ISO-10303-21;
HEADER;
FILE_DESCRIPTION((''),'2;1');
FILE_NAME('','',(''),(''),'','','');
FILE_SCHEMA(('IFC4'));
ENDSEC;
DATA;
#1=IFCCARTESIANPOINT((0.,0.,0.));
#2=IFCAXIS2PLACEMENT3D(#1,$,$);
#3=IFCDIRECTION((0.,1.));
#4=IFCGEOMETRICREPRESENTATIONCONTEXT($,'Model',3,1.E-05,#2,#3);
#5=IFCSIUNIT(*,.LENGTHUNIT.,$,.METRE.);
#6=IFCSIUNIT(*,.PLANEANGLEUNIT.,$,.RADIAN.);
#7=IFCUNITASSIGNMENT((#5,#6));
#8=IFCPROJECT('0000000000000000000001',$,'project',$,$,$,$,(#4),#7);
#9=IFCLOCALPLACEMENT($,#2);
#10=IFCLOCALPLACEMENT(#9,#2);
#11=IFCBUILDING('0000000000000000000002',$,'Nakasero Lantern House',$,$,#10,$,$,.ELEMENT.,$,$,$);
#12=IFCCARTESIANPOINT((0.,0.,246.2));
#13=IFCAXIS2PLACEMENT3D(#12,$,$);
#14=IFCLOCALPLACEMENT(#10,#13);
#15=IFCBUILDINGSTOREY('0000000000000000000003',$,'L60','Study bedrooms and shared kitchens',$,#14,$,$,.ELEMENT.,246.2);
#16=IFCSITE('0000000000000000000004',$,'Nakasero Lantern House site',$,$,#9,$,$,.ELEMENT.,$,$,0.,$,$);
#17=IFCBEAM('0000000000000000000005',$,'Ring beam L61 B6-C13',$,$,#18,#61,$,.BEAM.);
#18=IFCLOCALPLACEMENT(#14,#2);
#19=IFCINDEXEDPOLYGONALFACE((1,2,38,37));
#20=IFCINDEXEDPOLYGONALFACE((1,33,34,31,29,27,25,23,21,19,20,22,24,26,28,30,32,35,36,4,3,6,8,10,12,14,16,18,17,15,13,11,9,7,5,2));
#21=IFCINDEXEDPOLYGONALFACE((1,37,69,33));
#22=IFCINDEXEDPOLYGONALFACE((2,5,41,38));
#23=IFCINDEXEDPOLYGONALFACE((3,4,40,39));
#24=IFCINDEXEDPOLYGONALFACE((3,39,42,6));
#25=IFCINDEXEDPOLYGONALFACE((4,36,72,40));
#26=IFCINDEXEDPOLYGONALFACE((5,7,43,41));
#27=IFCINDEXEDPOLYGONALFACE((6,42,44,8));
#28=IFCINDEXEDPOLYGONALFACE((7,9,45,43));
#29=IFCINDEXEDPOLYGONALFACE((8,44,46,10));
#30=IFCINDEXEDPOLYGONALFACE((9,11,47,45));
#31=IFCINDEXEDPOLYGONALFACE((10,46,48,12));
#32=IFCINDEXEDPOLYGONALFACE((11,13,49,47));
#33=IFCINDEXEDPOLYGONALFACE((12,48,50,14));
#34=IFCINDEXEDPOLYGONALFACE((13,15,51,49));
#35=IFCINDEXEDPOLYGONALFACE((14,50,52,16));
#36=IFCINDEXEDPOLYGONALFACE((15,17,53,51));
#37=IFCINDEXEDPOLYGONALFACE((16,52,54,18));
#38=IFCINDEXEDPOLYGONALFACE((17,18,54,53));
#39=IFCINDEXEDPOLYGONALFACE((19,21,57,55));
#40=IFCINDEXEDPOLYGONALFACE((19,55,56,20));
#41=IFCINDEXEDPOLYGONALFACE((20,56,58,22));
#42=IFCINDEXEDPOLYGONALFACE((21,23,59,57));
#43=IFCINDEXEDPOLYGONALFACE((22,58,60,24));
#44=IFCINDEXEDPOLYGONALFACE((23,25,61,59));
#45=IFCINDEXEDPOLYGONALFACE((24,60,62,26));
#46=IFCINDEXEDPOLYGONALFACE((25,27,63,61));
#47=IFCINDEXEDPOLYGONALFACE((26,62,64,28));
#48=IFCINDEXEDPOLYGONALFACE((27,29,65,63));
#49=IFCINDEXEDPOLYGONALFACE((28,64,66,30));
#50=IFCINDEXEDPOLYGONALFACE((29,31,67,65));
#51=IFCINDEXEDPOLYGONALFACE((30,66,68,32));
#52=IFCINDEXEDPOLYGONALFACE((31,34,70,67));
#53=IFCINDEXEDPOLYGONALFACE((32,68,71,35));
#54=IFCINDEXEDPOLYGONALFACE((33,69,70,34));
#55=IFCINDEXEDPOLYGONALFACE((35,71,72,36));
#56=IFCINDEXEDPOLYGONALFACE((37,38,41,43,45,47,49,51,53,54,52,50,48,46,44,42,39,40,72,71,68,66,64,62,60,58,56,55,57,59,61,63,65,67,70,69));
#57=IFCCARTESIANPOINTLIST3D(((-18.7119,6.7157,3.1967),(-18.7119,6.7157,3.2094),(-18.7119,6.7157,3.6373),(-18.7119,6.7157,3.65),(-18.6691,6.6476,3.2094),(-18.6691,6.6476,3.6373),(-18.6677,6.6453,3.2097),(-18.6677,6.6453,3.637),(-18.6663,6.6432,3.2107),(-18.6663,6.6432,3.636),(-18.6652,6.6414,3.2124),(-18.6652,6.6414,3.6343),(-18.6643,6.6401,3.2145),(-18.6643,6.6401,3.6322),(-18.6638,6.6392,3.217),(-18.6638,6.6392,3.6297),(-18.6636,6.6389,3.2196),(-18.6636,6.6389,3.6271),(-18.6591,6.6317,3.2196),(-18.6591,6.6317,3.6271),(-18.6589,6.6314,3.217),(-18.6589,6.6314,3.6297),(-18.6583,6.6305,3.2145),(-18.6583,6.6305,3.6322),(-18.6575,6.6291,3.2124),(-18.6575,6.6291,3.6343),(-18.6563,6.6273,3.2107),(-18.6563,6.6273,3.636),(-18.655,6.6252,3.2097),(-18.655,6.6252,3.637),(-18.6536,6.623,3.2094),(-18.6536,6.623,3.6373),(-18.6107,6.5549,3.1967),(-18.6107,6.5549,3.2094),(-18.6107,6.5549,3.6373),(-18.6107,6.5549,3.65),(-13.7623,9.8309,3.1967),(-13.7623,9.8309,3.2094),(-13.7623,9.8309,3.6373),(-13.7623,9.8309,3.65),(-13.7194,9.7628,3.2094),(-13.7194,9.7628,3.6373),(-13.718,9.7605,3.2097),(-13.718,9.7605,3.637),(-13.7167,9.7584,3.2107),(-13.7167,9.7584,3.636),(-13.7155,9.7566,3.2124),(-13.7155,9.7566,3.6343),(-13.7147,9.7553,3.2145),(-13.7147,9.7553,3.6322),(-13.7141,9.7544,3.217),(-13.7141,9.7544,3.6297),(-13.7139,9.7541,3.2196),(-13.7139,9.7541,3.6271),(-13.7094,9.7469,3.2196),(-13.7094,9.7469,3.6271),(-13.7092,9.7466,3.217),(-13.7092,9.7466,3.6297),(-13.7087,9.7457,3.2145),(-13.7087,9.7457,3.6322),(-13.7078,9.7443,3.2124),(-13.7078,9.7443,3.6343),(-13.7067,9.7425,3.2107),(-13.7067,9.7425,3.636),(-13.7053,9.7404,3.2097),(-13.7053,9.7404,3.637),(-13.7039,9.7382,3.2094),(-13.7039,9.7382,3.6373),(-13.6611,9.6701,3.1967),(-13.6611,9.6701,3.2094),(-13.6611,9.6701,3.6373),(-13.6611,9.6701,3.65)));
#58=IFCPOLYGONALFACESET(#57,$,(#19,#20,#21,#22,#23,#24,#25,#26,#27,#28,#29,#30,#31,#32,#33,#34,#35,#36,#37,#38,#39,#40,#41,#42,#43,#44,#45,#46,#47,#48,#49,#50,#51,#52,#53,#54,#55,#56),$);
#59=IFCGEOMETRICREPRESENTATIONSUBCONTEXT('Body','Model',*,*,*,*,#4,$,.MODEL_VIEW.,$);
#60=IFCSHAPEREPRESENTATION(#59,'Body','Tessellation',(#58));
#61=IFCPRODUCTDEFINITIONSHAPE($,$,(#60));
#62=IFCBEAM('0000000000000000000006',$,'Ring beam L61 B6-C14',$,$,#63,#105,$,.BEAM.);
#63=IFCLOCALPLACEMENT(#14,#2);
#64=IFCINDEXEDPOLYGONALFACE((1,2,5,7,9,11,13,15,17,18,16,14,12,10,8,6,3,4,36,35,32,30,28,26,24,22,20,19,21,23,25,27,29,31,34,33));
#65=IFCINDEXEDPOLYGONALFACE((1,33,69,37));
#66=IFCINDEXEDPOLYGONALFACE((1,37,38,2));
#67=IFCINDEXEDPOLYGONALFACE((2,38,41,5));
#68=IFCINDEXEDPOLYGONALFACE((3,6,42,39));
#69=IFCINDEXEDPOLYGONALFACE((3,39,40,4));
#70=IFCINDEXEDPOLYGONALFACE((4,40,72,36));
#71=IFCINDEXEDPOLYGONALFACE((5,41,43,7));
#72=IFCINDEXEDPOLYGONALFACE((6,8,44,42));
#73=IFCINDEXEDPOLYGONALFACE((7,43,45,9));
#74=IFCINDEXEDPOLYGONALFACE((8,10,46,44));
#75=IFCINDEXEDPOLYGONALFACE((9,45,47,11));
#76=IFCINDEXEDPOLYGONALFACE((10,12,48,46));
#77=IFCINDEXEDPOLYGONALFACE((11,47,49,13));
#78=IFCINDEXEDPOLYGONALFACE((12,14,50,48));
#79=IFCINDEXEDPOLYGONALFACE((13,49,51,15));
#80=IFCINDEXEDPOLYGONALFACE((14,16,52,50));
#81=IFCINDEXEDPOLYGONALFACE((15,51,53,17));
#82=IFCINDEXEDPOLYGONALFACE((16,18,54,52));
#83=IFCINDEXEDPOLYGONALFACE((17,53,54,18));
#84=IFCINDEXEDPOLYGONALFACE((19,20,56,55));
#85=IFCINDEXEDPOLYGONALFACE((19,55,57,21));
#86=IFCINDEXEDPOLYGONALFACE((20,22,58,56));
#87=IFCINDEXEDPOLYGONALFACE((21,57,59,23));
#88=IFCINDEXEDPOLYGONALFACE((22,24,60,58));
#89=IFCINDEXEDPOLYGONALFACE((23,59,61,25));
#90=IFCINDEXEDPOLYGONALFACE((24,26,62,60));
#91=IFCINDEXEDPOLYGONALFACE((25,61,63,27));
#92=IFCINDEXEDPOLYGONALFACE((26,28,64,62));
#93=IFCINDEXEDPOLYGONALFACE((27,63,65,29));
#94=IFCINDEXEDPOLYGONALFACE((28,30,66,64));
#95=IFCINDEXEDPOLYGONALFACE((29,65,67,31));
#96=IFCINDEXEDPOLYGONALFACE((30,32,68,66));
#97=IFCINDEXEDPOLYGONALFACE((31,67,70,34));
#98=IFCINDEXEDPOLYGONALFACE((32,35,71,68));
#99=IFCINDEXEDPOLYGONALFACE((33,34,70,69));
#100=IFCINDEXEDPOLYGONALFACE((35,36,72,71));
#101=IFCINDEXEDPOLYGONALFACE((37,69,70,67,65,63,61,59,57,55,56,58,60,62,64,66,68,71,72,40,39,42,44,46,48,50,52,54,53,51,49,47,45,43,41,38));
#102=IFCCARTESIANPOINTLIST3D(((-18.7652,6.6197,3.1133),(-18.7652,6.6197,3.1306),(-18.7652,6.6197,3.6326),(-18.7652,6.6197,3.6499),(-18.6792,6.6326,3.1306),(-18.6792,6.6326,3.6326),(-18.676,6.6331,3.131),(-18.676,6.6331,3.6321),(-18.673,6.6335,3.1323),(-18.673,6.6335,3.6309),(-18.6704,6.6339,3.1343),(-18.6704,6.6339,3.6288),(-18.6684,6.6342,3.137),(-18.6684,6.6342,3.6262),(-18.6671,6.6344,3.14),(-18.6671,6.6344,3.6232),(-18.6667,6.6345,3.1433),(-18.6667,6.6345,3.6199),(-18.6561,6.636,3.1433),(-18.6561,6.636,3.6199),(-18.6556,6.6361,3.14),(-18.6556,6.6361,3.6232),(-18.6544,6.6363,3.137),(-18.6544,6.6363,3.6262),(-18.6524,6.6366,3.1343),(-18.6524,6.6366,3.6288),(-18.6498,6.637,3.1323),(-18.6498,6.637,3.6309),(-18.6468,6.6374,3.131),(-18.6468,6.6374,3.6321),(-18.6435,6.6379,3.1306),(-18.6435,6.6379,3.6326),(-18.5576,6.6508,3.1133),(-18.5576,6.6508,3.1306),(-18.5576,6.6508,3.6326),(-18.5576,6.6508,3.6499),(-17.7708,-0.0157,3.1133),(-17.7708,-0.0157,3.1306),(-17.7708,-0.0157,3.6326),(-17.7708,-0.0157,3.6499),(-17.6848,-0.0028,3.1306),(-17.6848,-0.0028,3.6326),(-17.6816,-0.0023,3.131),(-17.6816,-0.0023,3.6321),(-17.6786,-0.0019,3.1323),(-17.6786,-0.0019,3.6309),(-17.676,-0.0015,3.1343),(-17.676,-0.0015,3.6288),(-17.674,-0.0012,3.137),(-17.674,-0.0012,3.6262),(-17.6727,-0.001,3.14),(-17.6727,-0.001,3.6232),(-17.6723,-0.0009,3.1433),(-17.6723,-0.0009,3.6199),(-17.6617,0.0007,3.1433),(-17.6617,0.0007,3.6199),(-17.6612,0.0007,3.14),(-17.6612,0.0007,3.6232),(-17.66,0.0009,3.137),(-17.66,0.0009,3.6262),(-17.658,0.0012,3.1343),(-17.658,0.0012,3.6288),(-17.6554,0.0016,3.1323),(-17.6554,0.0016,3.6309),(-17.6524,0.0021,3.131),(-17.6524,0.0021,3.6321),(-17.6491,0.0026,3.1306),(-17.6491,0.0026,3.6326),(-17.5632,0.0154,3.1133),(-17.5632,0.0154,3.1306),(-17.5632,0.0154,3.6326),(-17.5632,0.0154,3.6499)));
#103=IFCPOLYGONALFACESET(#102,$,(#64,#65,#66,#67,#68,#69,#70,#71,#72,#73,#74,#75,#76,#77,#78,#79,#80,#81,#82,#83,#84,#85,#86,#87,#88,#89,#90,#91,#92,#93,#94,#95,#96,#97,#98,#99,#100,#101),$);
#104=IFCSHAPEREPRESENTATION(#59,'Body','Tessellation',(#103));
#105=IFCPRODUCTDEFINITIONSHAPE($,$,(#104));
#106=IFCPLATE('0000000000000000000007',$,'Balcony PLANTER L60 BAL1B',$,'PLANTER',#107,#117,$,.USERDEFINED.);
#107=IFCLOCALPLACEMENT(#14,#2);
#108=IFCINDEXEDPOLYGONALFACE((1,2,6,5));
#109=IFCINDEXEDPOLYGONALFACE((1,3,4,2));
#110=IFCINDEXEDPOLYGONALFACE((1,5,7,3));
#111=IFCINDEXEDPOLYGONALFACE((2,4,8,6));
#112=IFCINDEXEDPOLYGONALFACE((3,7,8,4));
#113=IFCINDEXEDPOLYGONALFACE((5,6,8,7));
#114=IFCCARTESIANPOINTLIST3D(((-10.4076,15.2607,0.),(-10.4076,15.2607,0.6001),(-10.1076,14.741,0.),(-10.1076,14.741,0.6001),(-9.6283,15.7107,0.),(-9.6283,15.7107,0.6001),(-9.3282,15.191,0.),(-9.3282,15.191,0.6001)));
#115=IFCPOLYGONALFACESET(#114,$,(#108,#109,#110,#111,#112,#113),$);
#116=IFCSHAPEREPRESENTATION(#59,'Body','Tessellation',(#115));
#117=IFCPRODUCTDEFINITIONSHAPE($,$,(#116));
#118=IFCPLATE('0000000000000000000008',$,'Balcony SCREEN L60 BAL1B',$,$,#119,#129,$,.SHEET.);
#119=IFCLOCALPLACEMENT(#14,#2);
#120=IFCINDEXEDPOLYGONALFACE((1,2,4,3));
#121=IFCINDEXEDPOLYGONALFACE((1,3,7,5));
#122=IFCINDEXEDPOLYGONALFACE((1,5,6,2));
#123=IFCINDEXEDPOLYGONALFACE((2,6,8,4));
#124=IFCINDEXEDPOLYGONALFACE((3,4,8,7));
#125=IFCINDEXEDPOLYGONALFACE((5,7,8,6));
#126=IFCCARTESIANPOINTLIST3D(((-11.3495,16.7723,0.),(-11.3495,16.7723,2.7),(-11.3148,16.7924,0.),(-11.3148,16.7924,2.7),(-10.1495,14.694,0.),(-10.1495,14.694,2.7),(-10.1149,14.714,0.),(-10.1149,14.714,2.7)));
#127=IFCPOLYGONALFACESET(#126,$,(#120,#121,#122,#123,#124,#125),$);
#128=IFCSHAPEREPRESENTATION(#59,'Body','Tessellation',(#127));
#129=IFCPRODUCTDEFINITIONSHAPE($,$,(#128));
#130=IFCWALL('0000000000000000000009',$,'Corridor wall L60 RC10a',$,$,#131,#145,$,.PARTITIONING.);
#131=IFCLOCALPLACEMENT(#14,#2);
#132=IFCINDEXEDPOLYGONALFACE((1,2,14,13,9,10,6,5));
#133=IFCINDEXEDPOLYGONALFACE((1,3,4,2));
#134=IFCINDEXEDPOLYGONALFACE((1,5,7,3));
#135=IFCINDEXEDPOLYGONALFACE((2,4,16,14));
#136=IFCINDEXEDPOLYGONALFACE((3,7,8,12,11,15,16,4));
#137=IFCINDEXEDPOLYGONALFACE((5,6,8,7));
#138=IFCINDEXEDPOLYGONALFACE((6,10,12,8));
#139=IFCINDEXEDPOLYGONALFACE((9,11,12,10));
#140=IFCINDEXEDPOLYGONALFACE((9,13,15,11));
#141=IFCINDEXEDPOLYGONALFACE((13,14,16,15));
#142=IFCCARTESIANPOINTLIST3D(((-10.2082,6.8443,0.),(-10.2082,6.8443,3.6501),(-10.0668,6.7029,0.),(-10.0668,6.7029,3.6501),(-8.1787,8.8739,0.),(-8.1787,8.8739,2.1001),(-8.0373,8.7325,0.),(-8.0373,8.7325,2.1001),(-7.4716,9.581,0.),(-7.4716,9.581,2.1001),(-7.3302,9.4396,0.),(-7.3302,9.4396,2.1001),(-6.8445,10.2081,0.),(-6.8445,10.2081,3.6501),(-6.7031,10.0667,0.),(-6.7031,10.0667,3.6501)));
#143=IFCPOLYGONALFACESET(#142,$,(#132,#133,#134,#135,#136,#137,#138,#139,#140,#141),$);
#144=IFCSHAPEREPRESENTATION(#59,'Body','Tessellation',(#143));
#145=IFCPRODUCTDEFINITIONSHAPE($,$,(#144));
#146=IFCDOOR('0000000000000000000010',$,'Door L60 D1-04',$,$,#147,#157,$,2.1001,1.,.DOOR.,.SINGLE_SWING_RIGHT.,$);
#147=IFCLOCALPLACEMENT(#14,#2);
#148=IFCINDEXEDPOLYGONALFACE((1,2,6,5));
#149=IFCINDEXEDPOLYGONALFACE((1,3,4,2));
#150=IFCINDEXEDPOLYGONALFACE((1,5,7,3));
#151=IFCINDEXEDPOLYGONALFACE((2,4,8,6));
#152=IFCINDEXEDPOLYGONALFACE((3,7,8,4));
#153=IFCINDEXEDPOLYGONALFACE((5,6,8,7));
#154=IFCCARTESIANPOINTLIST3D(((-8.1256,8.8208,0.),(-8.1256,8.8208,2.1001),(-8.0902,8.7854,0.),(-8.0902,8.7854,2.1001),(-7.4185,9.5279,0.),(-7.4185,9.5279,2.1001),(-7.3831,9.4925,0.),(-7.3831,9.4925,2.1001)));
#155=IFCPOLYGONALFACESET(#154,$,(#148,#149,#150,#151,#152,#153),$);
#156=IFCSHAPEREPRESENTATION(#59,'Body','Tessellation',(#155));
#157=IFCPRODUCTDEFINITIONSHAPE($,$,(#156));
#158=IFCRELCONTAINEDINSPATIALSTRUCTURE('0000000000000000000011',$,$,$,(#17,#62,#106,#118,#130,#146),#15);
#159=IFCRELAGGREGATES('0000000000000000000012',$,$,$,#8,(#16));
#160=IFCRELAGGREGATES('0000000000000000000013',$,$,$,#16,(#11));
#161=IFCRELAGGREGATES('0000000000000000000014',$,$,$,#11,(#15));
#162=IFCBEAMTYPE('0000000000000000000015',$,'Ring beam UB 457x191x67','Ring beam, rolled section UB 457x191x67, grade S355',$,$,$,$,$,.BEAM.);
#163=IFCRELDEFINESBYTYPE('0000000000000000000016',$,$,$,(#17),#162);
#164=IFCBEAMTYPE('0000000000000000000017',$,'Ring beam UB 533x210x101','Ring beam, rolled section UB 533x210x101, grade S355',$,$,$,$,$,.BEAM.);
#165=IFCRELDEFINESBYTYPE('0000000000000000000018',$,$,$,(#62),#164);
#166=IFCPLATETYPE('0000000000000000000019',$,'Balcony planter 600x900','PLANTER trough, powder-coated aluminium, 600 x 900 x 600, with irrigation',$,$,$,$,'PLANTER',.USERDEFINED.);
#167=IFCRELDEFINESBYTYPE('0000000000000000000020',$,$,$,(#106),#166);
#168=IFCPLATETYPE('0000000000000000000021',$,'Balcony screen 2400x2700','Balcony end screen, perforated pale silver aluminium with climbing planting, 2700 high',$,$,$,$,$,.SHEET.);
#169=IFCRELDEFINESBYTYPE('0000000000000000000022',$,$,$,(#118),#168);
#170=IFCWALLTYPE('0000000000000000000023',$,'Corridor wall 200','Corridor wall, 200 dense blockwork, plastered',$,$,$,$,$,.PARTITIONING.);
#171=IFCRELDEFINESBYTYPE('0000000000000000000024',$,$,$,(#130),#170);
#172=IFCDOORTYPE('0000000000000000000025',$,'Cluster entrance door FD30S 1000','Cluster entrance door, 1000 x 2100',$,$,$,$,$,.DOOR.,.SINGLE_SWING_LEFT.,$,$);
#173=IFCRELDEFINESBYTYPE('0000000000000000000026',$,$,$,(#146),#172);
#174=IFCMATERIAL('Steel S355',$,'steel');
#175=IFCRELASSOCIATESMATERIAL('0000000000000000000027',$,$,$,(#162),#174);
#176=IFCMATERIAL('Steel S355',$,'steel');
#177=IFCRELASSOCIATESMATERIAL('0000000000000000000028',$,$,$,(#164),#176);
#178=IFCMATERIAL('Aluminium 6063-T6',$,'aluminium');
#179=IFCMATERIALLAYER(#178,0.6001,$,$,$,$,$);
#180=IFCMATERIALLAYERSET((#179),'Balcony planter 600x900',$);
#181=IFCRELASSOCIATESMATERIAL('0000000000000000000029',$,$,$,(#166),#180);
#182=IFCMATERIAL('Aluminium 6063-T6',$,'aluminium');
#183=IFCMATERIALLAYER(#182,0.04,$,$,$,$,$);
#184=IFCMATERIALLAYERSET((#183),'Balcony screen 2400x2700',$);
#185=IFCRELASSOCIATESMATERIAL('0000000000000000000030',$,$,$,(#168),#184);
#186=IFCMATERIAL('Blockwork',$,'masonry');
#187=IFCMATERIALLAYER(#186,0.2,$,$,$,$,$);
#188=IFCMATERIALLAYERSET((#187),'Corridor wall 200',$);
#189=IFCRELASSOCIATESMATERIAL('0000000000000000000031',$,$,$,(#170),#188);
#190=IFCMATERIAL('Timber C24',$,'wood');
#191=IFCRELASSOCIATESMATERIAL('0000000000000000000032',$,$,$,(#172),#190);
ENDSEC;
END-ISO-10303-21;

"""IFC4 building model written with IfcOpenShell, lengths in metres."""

from ifc_helpers import new_model, si_unit, direction, frame, frame_2d, origin, origin_2d, place, context, subcontext, project, spatial, rectangle, i_section, extrude, material, layer, layer_set, material_profile, profile_set, type_object, element, fill, save


model = new_model("IFC4")

# Units and contexts
model_context = context("Model", 3, precision=1e-05, world=origin(), true_north=direction((0.0, 1.0)))
body_context = subcontext(model_context, "Body", "Model", "MODEL_VIEW")
ifc_project = project(units=[si_unit("LENGTHUNIT", "METRE"), si_unit("PLANEANGLEUNIT", "RADIAN")], contexts=[model_context])

# Site, building, storey
site_placement = place(None, origin())
site = spatial("IfcSite", under=ifc_project, at=site_placement, Name="Nakasero Lantern House site", CompositionType="ELEMENT", RefElevation=0.0)
building_placement = place(site_placement, origin())
building = spatial("IfcBuilding", under=site, at=building_placement, Name="Nakasero Lantern House", CompositionType="ELEMENT")
storey_placement = place(building_placement, frame((0.0, 0.0, 246.2)))
storey = spatial("IfcBuildingStorey", under=building, at=storey_placement, Name="L60", Description="Study bedrooms and shared kitchens", CompositionType="ELEMENT", Elevation=246.2)

# Beams
ifc_material_1 = material(Name="Steel S355", Category="steel")
ifc_material_profile_1 = material_profile(ifc_material_1, i_section(OverallWidth=0.1899, OverallDepth=0.4534, WebThickness=0.0085, FlangeThickness=0.0127, FilletRadius=0.0103, at=origin_2d()), Name="UB 457x191x67")
ifc_profile_set_1 = profile_set([ifc_material_profile_1], Name="Steel S355")
beam_type_1 = type_object("IfcBeamType", Name="Ring beam UB 457x191x67", Description="Ring beam, rolled section UB 457x191x67, grade S355", PredefinedType="BEAM", material=ifc_profile_set_1)
beam_1_placement = place(storey_placement, frame((-13.7117, 9.7505, 3.4233), z_axis=(-0.846329, -0.53266, 0.0), x_axis=(0.53266, -0.846329, 0.0)))
element("IfcBeam", 1, at=beam_1_placement, inside=storey, type_object=beam_type_1, Name="Ring beam L61 B6-C13", PredefinedType="BEAM", context=body_context, shape_type="SweptSolid", body=[
    extrude(i_section(OverallWidth=0.1899, OverallDepth=0.4534, WebThickness=0.0085, FlangeThickness=0.0127, FilletRadius=0.0103, at=origin_2d()), origin(), (0.0, 0.0, 1.0), 5.8484),
])
ifc_material_2 = material(Name="Steel S355", Category="steel")
ifc_material_profile_2 = material_profile(ifc_material_2, i_section(OverallWidth=0.21, OverallDepth=0.5366, WebThickness=0.0107, FlangeThickness=0.0173, FilletRadius=0.0127, at=origin_2d()), Name="UB 533x210x101")
ifc_profile_set_2 = profile_set([ifc_material_profile_2], Name="Steel S355")
beam_type_2 = type_object("IfcBeamType", Name="Ring beam UB 533x210x101", Description="Ring beam, rolled section UB 533x210x101, grade S355", PredefinedType="BEAM", material=ifc_profile_set_2)
beam_2_placement = place(storey_placement, frame((-18.6614, 6.6353, 3.3816), z_axis=(0.148209, -0.988956, 0.0), x_axis=(0.988956, 0.148209, 0.0)))
element("IfcBeam", 2, at=beam_2_placement, inside=storey, type_object=beam_type_2, Name="Ring beam L61 B6-C14", PredefinedType="BEAM", context=body_context, shape_type="SweptSolid", body=[
    extrude(i_section(OverallWidth=0.21, OverallDepth=0.5366, WebThickness=0.0107, FlangeThickness=0.0173, FilletRadius=0.0127, at=origin_2d()), origin(), (0.0, 0.0, 1.0), 6.7095),
])

# Plates
ifc_material_3 = material(Name="Aluminium 6063-T6", Category="aluminium")
ifc_layer_1 = layer(ifc_material_3, 0.6001)
ifc_layer_set_1 = layer_set([ifc_layer_1], Name="Balcony planter 600x900")
plate_type_1 = type_object("IfcPlateType", Name="Balcony planter 600x900", Description="PLANTER trough, powder-coated aluminium, 600 x 900 x 600, with irrigation", ElementType="PLANTER", PredefinedType="USERDEFINED", material=ifc_layer_set_1)
plate_1_placement = place(storey_placement, frame((-9.8679, 15.2258, 0.0), z_axis=(0.0, 0.0, 1.0), x_axis=(-0.5, 0.866025, 0.0)))
element("IfcPlate", 3, at=plate_1_placement, inside=storey, type_object=plate_type_1, Name="Balcony PLANTER L60 BAL1B", ObjectType="PLANTER", PredefinedType="USERDEFINED", context=body_context, shape_type="SweptSolid", body=[
    extrude(rectangle(XDim=0.6001, YDim=0.8999, at=origin_2d()), origin(), (0.0, 0.0, 1.0), 0.6001),
])
ifc_material_4 = material(Name="Aluminium 6063-T6", Category="aluminium")
ifc_layer_2 = layer(ifc_material_4, 0.04)
ifc_layer_set_2 = layer_set([ifc_layer_2], Name="Balcony screen 2400x2700")
plate_type_2 = type_object("IfcPlateType", Name="Balcony screen 2400x2700", Description="Balcony end screen, perforated pale silver aluminium with climbing planting, 2700 high", PredefinedType="SHEET", material=ifc_layer_set_2)
plate_2_placement = place(storey_placement, frame((-10.7322, 15.7432, 0.0), z_axis=(0.0, 0.0, 1.0), x_axis=(-0.5, 0.866025, 0.0)))
element("IfcPlate", 4, at=plate_2_placement, inside=storey, type_object=plate_type_2, Name="Balcony SCREEN L60 BAL1B", PredefinedType="SHEET", context=body_context, shape_type="SweptSolid", body=[
    extrude(rectangle(XDim=2.3999, YDim=0.04, at=origin_2d()), origin(), (0.0, 0.0, 1.0), 2.7),
])

# Wall, opening, door
ifc_material_5 = material(Name="Blockwork", Category="masonry")
ifc_layer_3 = layer(ifc_material_5, 0.2)
ifc_layer_set_3 = layer_set([ifc_layer_3], Name="Corridor wall 200")
wall_type_1 = type_object("IfcWallType", Name="Corridor wall 200", Description="Corridor wall, 200 dense blockwork, plastered", PredefinedType="PARTITIONING", material=ifc_layer_set_3)
wall_1_placement = place(storey_placement, frame((-10.1375, 6.7737, 0.0), z_axis=(0.0, 0.0, 1.0), x_axis=(0.707107, 0.707107, 0.0)))
wall_1 = element("IfcWall", 5, at=wall_1_placement, inside=storey, type_object=wall_type_1, Name="Corridor wall L60 RC10a", PredefinedType="PARTITIONING", context=body_context, shape_type="SweptSolid", body=[
    extrude(rectangle(XDim=4.7571, YDim=0.2, at=frame_2d((2.3784, 0.0))), origin(), (0.0, 0.0, 1.0), 3.6501),
])
opening_1_placement = place(wall_1_placement, frame((2.8701, 0.0, 0.0)))
opening_1 = element("IfcOpeningElement", 6, at=opening_1_placement, cuts=wall_1, PredefinedType="OPENING", context=body_context, shape_type="SweptSolid", body=[
    extrude(rectangle(XDim=1.0, YDim=2.1001, at=frame_2d((0.5, 1.05))), frame((0.0, 0.1199, 0.0), z_axis=(0.0, -1.0, 0.0), x_axis=(1.0, 0.0, 0.0)), (0.0, 0.0, 1.0), 0.24),
])
ifc_material_6 = material(Name="Timber C24", Category="wood")
door_type_1 = type_object("IfcDoorType", Name="Cluster entrance door FD30S 1000", Description="Cluster entrance door, 1000 x 2100", OperationType="SINGLE_SWING_LEFT", PredefinedType="DOOR", material=ifc_material_6)
door_1_placement = place(opening_1_placement, origin())
door_1 = element("IfcDoor", 7, at=door_1_placement, inside=storey, type_object=door_type_1, Name="Door L60 D1-04", OperationType="SINGLE_SWING_RIGHT", OverallHeight=2.1001, OverallWidth=1.0, PredefinedType="DOOR", context=body_context, shape_type="SweptSolid", body=[
    extrude(rectangle(XDim=1.0, YDim=2.1001, at=frame_2d((0.5, 1.05))), frame((0.0, 0.0249, 0.0), z_axis=(0.0, -1.0, 0.0), x_axis=(1.0, 0.0, 0.0)), (0.0, 0.0, 1.0), 0.05),
])
fill(opening_1, door_1)

save(model, "model.ifc")
